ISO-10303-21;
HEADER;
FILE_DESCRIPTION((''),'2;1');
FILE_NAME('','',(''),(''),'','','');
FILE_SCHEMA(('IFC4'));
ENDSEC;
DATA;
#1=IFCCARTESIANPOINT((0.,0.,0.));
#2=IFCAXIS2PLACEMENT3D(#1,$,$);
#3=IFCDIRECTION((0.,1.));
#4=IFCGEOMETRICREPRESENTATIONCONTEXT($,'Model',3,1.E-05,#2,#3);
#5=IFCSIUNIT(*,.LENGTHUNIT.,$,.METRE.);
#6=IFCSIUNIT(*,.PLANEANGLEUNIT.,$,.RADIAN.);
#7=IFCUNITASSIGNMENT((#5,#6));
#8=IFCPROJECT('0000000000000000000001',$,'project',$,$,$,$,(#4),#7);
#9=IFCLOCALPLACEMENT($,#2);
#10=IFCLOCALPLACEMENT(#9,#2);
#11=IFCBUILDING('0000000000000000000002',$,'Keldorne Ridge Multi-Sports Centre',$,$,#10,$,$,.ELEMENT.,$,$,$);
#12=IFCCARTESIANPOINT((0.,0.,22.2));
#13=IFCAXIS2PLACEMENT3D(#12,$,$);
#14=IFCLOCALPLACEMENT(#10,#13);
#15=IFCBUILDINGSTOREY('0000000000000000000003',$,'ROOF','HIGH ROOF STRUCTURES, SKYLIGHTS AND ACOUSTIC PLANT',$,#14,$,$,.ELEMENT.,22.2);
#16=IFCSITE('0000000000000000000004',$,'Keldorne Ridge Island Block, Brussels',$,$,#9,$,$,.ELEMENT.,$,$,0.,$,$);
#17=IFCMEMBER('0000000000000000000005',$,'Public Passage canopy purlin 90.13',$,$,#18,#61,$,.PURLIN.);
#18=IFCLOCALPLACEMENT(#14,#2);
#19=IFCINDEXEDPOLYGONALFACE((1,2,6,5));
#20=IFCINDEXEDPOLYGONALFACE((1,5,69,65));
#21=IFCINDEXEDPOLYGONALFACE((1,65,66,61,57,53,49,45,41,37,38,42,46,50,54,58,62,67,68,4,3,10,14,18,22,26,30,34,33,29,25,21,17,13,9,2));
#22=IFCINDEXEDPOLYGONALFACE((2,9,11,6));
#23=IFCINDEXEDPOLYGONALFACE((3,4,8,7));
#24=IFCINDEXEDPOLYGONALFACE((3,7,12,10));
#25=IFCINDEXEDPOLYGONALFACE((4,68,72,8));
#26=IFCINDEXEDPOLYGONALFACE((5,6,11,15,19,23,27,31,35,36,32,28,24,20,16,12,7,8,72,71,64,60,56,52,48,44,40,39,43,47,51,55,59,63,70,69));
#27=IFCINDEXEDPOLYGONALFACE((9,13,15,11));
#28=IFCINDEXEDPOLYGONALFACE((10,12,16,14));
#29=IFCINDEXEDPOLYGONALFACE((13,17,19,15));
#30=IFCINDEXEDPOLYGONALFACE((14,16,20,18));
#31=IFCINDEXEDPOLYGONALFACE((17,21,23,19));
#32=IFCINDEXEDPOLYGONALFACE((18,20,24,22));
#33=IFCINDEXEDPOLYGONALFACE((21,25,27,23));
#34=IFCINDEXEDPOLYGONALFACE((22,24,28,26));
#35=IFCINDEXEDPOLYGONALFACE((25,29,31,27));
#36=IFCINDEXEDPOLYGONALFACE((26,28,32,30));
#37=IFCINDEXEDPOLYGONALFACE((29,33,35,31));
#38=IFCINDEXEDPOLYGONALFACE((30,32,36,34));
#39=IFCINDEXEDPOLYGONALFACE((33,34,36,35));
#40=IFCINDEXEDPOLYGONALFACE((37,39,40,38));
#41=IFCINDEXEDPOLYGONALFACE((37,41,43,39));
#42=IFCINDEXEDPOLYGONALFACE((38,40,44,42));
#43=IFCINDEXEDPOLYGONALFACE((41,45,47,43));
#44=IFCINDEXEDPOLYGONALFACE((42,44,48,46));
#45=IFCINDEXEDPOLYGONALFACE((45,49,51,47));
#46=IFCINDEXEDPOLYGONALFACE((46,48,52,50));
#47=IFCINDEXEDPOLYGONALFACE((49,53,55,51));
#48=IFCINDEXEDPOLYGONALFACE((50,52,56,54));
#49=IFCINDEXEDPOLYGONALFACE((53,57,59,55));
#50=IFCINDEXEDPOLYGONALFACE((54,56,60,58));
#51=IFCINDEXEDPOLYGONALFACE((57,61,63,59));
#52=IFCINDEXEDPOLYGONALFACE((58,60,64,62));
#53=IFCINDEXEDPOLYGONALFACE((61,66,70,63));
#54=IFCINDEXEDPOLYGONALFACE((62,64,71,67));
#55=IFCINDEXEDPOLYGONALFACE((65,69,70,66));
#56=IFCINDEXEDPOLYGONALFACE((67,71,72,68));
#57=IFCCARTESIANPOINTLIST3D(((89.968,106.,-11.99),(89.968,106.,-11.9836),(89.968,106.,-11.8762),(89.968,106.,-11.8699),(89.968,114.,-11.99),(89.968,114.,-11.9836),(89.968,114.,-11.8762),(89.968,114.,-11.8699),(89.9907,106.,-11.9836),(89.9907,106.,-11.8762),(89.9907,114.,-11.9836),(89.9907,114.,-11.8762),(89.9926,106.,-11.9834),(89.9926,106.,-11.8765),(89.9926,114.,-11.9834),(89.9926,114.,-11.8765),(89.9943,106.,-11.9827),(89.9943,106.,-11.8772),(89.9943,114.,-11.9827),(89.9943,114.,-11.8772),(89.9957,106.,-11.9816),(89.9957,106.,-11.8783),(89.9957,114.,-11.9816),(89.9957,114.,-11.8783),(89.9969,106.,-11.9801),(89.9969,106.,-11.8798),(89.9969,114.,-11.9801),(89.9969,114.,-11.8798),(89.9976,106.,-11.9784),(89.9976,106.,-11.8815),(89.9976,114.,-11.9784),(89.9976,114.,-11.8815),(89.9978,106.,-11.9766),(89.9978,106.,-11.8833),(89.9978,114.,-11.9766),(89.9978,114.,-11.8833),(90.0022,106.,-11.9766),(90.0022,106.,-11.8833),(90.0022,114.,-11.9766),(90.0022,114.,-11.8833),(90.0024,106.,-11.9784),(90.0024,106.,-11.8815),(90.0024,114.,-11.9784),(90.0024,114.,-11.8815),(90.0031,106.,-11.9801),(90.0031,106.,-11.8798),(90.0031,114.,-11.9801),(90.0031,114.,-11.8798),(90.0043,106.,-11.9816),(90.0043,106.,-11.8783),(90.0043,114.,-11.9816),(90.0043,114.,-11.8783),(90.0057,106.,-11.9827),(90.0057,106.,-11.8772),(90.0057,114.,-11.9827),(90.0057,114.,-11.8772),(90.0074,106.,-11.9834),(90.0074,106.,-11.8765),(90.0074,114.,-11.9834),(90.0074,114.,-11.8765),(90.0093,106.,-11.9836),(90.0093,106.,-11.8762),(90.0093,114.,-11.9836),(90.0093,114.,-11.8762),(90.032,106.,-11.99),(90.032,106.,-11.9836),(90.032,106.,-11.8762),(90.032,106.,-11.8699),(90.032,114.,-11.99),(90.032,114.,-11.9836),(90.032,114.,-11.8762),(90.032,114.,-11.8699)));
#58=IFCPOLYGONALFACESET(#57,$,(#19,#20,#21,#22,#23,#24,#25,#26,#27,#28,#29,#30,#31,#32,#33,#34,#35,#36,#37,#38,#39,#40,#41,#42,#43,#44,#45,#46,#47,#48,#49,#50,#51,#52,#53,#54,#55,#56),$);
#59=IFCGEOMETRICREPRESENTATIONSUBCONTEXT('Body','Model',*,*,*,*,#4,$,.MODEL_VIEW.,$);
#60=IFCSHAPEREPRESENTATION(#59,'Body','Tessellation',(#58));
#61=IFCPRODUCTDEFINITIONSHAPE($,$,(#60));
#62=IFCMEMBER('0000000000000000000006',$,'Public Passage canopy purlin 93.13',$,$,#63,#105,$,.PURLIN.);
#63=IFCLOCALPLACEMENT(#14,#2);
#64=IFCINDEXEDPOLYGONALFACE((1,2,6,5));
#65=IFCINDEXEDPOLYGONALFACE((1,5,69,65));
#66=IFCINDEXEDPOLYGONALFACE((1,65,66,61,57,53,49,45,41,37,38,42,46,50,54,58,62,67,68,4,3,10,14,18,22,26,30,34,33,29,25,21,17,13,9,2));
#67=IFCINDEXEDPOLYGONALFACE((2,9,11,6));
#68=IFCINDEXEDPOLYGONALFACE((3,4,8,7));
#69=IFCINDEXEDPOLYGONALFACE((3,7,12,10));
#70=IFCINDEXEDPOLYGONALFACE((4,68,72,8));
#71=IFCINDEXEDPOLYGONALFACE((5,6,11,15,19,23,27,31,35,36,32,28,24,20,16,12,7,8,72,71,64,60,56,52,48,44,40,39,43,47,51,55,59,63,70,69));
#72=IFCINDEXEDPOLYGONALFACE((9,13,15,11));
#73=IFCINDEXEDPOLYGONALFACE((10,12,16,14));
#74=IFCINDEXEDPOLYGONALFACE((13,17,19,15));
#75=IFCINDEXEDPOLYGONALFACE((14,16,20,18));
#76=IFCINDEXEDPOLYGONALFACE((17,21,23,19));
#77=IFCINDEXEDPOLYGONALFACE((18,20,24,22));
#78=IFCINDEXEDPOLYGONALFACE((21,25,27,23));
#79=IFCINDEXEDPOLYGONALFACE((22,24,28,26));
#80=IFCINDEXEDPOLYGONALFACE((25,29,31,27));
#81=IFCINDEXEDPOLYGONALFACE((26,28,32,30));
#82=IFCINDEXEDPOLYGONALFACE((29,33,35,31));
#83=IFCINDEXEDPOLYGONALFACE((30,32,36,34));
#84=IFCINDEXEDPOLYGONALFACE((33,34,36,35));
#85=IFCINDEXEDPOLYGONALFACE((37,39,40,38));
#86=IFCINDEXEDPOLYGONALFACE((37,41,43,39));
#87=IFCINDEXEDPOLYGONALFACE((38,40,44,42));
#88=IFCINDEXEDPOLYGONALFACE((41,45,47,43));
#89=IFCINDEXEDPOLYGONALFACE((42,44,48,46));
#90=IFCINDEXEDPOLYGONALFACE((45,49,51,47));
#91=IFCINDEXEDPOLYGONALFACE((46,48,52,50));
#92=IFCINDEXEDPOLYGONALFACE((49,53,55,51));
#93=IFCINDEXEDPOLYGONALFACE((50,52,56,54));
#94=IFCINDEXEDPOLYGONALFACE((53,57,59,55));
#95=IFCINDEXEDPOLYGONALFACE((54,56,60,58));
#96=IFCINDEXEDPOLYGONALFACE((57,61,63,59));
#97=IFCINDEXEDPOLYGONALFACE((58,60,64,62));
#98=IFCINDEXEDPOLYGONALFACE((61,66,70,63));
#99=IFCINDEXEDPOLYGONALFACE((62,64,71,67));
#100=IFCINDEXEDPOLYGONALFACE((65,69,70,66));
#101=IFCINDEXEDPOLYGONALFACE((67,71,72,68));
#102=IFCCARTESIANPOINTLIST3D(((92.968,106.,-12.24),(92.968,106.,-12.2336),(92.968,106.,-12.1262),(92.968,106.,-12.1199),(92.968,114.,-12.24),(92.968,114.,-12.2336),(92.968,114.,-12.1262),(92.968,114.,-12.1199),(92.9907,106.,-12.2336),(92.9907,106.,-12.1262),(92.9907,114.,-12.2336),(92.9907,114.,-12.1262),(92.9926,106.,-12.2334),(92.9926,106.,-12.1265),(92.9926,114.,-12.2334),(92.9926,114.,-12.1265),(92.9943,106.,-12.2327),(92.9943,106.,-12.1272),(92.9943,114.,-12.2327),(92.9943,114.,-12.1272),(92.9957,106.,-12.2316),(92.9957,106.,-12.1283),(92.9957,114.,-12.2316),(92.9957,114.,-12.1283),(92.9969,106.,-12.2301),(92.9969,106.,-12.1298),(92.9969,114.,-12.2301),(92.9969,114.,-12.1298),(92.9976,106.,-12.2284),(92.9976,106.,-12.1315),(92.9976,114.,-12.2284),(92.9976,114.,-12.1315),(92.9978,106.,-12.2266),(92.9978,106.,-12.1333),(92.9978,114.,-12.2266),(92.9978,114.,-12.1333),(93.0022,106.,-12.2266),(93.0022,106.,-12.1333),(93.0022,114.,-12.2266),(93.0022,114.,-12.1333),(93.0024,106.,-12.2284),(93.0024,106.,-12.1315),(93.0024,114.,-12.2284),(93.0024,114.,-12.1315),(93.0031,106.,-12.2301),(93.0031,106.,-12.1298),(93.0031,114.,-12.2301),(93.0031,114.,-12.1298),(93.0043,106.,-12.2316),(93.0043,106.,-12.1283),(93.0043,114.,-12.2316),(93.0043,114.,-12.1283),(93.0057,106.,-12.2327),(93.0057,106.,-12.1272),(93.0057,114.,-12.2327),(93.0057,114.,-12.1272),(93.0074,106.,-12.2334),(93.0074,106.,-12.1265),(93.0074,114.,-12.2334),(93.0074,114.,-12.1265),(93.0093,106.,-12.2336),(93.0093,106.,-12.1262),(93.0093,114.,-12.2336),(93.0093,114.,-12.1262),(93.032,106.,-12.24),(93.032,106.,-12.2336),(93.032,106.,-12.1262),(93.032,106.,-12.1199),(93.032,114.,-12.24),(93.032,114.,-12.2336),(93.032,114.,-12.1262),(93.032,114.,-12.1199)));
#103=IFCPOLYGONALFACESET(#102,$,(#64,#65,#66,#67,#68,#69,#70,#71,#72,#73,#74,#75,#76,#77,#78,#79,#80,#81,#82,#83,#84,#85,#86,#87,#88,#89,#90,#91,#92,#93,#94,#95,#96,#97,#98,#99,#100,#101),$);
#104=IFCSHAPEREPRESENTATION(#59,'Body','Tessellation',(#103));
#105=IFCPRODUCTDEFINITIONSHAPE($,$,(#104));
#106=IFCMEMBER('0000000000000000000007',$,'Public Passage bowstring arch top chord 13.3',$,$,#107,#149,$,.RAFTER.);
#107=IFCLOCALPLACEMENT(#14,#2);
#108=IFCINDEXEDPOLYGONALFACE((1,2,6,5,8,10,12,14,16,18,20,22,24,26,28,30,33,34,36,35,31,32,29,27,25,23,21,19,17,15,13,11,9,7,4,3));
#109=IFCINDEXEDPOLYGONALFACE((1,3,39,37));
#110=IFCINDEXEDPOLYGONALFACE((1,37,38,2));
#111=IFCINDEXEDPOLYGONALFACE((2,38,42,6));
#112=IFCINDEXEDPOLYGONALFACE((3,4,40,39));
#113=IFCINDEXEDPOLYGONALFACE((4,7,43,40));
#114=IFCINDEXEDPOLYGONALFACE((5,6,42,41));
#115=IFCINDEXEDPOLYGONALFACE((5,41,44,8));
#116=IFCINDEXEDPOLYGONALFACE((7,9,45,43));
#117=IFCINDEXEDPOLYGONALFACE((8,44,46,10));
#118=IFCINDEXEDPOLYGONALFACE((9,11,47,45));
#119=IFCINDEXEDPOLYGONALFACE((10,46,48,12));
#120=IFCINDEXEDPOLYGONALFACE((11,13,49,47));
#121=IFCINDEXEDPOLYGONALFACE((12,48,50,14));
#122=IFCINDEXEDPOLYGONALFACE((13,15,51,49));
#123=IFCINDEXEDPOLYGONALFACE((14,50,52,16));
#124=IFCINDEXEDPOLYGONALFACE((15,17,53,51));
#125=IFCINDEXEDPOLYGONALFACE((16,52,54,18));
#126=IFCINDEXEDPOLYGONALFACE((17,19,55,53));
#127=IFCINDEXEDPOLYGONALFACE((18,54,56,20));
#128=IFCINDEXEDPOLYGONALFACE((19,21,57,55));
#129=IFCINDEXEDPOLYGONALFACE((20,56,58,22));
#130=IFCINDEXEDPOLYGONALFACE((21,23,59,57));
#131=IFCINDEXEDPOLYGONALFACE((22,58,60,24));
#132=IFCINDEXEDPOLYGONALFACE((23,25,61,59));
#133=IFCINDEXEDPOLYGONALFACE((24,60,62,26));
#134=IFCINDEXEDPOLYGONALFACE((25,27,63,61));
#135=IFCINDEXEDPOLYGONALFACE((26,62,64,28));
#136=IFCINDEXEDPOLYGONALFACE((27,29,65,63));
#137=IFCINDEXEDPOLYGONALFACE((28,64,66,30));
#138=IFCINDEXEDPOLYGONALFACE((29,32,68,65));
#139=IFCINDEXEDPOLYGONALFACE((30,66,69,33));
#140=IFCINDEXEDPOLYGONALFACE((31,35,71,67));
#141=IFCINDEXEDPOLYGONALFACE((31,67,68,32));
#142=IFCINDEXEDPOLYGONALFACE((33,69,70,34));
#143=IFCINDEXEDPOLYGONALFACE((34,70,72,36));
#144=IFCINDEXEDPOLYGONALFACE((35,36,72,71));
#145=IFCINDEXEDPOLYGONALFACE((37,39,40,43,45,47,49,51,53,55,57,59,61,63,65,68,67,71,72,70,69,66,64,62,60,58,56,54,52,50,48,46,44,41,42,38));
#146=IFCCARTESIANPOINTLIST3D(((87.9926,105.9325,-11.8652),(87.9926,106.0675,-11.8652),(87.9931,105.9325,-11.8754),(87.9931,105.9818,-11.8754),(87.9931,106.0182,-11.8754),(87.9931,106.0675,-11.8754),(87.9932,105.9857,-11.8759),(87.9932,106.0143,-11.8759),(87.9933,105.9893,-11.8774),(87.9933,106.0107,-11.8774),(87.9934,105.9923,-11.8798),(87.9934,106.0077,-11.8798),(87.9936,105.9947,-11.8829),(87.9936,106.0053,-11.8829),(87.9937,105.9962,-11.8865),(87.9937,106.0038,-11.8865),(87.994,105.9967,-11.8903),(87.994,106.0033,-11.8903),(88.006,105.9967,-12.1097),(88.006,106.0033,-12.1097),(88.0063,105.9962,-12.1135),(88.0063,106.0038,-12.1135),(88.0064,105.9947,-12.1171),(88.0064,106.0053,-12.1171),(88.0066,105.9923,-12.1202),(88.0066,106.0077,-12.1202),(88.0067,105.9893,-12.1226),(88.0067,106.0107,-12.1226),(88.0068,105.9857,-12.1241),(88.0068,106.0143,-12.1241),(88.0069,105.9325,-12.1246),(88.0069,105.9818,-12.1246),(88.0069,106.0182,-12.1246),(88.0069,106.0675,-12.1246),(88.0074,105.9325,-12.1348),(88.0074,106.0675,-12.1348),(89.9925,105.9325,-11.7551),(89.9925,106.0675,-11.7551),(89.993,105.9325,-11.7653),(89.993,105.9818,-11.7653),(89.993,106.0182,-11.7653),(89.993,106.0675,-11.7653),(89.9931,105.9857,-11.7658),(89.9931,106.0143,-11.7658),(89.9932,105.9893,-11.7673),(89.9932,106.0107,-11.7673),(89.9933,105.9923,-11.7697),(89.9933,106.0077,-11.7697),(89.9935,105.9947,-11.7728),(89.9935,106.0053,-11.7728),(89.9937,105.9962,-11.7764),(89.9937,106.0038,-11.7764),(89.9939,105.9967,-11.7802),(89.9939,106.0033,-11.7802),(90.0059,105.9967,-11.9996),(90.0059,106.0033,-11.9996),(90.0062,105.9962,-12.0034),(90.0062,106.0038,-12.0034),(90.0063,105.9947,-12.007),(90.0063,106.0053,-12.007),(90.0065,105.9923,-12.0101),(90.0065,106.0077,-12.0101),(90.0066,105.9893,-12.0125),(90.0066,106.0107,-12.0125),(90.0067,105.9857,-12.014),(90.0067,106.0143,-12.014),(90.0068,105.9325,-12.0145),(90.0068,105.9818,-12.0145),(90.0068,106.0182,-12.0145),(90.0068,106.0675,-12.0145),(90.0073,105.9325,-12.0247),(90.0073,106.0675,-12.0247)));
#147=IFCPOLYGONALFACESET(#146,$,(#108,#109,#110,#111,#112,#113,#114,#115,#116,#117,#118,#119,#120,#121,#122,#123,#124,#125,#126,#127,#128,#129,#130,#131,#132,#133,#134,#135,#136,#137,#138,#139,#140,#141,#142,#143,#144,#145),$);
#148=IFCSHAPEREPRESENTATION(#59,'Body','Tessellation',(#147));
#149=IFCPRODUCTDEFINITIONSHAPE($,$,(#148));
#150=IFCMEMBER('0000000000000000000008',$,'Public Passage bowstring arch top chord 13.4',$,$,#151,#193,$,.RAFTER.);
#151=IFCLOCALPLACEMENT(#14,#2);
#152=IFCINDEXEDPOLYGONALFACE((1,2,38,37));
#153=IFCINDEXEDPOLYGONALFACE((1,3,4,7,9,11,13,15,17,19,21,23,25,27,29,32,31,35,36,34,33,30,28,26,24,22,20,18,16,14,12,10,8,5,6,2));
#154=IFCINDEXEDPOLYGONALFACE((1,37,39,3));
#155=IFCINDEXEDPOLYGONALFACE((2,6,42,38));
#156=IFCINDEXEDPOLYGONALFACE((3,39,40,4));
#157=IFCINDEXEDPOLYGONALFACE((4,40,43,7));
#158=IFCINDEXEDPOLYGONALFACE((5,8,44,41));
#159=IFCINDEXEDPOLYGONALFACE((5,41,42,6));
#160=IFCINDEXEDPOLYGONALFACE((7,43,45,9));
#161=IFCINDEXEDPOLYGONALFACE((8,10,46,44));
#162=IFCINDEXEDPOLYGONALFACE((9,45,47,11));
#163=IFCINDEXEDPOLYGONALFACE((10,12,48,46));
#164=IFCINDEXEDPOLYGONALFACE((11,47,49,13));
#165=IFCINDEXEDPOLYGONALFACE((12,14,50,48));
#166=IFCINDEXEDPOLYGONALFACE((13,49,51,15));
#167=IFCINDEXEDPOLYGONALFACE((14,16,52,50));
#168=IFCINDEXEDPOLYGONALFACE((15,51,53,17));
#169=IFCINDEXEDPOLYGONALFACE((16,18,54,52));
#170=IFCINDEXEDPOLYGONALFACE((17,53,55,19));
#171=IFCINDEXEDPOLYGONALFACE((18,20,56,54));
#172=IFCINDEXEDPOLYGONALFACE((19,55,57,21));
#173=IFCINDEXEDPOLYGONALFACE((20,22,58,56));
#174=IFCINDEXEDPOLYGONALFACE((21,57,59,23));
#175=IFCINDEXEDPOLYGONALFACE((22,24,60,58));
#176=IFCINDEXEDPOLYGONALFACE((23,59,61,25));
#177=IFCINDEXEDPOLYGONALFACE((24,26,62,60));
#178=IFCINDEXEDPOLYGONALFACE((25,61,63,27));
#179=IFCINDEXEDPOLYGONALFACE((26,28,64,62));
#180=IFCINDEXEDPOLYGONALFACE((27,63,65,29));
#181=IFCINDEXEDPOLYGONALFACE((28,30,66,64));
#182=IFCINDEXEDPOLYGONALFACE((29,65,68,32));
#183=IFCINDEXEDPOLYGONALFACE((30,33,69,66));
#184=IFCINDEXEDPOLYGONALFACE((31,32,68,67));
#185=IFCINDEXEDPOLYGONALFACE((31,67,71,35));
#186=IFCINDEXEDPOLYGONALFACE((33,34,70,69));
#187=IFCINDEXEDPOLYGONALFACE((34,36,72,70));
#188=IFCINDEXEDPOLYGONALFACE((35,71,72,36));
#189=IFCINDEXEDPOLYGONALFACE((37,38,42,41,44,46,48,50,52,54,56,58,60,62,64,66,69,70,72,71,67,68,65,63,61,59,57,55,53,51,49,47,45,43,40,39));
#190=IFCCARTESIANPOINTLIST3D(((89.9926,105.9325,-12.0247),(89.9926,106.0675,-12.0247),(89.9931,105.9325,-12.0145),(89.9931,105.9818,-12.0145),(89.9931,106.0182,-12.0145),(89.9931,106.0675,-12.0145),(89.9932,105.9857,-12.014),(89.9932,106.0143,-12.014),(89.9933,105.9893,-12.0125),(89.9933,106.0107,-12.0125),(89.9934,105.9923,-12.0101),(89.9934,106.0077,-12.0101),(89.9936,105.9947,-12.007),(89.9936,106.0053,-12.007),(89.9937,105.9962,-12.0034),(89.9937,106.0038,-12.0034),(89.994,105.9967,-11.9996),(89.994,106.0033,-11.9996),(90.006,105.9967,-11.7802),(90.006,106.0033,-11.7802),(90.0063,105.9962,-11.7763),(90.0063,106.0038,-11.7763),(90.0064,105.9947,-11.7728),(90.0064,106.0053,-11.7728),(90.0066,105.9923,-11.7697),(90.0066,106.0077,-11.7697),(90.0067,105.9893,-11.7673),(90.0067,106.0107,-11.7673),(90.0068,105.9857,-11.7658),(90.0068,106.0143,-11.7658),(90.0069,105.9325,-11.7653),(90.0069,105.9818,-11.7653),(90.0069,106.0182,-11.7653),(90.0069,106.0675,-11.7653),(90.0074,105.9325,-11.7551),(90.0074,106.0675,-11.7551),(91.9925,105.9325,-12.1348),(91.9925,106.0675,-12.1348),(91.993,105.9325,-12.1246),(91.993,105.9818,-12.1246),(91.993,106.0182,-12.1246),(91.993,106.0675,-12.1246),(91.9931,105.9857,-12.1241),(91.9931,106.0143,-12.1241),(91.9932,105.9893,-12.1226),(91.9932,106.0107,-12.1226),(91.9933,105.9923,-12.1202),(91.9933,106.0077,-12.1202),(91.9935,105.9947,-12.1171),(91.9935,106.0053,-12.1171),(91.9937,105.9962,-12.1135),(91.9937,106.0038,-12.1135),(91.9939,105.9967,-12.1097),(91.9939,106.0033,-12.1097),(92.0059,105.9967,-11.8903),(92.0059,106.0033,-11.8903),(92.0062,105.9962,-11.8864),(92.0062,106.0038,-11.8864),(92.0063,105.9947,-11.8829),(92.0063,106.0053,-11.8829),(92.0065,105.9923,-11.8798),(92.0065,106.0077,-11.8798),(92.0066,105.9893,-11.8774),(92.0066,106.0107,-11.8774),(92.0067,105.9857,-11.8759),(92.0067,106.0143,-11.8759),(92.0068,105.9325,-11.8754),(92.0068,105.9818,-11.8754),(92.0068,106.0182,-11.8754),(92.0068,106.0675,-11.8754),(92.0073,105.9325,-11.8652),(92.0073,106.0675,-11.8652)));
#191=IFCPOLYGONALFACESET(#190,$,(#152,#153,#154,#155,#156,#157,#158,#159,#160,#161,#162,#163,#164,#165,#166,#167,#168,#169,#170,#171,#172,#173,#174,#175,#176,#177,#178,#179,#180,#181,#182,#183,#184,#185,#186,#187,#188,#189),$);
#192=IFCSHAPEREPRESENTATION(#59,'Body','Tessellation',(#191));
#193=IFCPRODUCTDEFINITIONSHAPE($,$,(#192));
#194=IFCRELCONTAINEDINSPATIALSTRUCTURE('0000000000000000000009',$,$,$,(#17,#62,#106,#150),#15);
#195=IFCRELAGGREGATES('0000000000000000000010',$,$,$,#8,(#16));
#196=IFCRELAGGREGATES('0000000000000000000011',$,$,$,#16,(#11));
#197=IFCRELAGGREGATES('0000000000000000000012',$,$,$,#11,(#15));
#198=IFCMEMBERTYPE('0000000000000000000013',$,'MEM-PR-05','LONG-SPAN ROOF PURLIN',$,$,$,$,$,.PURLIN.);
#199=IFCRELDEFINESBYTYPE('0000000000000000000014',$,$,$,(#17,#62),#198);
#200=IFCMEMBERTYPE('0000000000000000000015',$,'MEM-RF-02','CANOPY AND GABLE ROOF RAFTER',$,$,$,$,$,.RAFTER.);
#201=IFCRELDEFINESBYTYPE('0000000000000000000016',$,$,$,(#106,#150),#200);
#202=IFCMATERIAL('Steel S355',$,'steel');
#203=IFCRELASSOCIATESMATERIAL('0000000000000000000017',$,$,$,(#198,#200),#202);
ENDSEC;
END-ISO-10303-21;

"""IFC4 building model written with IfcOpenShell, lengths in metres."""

from ifc_helpers import new_model, si_unit, direction, frame, origin, origin_2d, place, context, subcontext, project, spatial, i_section, extrude, material, material_profile, profile_set, type_object, element, save


model = new_model("IFC4")

# Units and contexts
model_context = context("Model", 3, precision=1e-05, world=origin(), true_north=direction((0.0, 1.0)))
body_context = subcontext(model_context, "Body", "Model", "MODEL_VIEW")
ifc_project = project(units=[si_unit("LENGTHUNIT", "METRE"), si_unit("PLANEANGLEUNIT", "RADIAN")], contexts=[model_context])

# Site, building, storey
site_placement = place(None, origin())
site = spatial("IfcSite", under=ifc_project, at=site_placement, Name="Keldorne Ridge Island Block, Brussels", CompositionType="ELEMENT", RefElevation=0.0)
building_placement = place(site_placement, origin())
building = spatial("IfcBuilding", under=site, at=building_placement, Name="Keldorne Ridge Multi-Sports Centre", CompositionType="ELEMENT")
storey_placement = place(building_placement, frame((0.0, 0.0, 22.2)))
storey = spatial("IfcBuildingStorey", under=building, at=storey_placement, Name="ROOF", Description="HIGH ROOF STRUCTURES, SKYLIGHTS AND ACOUSTIC PLANT", CompositionType="ELEMENT", Elevation=22.2)

# Members
ifc_material = material(Name="Steel S355", Category="steel")
ifc_material_profile_1 = material_profile(ifc_material, i_section(OverallWidth=0.064, OverallDepth=0.1201, WebThickness=0.0044, FlangeThickness=0.0063, FilletRadius=0.0071, at=origin_2d()), Name="IPE 120")
ifc_profile_set_1 = profile_set([ifc_material_profile_1], Name="Steel S355")
member_type_1 = type_object("IfcMemberType", Name="MEM-PR-05", Description="LONG-SPAN ROOF PURLIN", PredefinedType="PURLIN", material=ifc_profile_set_1)
for number, where, z_axis, x_axis, name in (
    (1, (90.0, 106.0, -11.9299), (0.0, 1.0, 0.0), (-1.0, 0.0, 0.0), "Public Passage canopy purlin 90.13"),
    (2, (93.0, 106.0, -12.1799), (0.0, 1.0, 0.0), (-1.0, 0.0, 0.0), "Public Passage canopy purlin 93.13"),
):
    element("IfcMember", number, at=place(storey_placement, frame(where, z_axis=z_axis, x_axis=x_axis)), inside=storey, type_object=member_type_1, Name=name, PredefinedType="PURLIN", context=body_context, shape_type="SweptSolid", body=[
        extrude(i_section(OverallWidth=0.064, OverallDepth=0.1201, WebThickness=0.0044, FlangeThickness=0.0063, FilletRadius=0.0071, at=origin_2d()), origin(), (0.0, 0.0, 1.0), 8.0),
    ])
ifc_material_profile_2 = material_profile(ifc_material, i_section(OverallWidth=0.135, OverallDepth=0.27, WebThickness=0.0066, FlangeThickness=0.0103, FilletRadius=0.0149, at=origin_2d()), Name="IPE 270")
ifc_profile_set_2 = profile_set([ifc_material_profile_2], Name="Steel S355")
member_type_2 = type_object("IfcMemberType", Name="MEM-RF-02", Description="CANOPY AND GABLE ROOF RAFTER", PredefinedType="RAFTER", material=ifc_profile_set_2)
for number, where, z_axis, x_axis, name in (
    (3, (88.0, 106.0, -12.0), (0.998488, 0.0, 0.05497), (0.0, 1.0, 0.0), "Public Passage bowstring arch top chord 13.3"),
    (4, (90.0, 106.0, -11.8899), (0.998488, 0.0, -0.05497), (0.0, 1.0, 0.0), "Public Passage bowstring arch top chord 13.4"),
):
    element("IfcMember", number, at=place(storey_placement, frame(where, z_axis=z_axis, x_axis=x_axis)), inside=storey, type_object=member_type_2, Name=name, PredefinedType="RAFTER", context=body_context, shape_type="SweptSolid", body=[
        extrude(i_section(OverallWidth=0.135, OverallDepth=0.27, WebThickness=0.0066, FlangeThickness=0.0103, FilletRadius=0.0149, at=origin_2d()), origin(), (0.0, 0.0, 1.0), 2.0029),
    ])

save(model, "model.ifc")
